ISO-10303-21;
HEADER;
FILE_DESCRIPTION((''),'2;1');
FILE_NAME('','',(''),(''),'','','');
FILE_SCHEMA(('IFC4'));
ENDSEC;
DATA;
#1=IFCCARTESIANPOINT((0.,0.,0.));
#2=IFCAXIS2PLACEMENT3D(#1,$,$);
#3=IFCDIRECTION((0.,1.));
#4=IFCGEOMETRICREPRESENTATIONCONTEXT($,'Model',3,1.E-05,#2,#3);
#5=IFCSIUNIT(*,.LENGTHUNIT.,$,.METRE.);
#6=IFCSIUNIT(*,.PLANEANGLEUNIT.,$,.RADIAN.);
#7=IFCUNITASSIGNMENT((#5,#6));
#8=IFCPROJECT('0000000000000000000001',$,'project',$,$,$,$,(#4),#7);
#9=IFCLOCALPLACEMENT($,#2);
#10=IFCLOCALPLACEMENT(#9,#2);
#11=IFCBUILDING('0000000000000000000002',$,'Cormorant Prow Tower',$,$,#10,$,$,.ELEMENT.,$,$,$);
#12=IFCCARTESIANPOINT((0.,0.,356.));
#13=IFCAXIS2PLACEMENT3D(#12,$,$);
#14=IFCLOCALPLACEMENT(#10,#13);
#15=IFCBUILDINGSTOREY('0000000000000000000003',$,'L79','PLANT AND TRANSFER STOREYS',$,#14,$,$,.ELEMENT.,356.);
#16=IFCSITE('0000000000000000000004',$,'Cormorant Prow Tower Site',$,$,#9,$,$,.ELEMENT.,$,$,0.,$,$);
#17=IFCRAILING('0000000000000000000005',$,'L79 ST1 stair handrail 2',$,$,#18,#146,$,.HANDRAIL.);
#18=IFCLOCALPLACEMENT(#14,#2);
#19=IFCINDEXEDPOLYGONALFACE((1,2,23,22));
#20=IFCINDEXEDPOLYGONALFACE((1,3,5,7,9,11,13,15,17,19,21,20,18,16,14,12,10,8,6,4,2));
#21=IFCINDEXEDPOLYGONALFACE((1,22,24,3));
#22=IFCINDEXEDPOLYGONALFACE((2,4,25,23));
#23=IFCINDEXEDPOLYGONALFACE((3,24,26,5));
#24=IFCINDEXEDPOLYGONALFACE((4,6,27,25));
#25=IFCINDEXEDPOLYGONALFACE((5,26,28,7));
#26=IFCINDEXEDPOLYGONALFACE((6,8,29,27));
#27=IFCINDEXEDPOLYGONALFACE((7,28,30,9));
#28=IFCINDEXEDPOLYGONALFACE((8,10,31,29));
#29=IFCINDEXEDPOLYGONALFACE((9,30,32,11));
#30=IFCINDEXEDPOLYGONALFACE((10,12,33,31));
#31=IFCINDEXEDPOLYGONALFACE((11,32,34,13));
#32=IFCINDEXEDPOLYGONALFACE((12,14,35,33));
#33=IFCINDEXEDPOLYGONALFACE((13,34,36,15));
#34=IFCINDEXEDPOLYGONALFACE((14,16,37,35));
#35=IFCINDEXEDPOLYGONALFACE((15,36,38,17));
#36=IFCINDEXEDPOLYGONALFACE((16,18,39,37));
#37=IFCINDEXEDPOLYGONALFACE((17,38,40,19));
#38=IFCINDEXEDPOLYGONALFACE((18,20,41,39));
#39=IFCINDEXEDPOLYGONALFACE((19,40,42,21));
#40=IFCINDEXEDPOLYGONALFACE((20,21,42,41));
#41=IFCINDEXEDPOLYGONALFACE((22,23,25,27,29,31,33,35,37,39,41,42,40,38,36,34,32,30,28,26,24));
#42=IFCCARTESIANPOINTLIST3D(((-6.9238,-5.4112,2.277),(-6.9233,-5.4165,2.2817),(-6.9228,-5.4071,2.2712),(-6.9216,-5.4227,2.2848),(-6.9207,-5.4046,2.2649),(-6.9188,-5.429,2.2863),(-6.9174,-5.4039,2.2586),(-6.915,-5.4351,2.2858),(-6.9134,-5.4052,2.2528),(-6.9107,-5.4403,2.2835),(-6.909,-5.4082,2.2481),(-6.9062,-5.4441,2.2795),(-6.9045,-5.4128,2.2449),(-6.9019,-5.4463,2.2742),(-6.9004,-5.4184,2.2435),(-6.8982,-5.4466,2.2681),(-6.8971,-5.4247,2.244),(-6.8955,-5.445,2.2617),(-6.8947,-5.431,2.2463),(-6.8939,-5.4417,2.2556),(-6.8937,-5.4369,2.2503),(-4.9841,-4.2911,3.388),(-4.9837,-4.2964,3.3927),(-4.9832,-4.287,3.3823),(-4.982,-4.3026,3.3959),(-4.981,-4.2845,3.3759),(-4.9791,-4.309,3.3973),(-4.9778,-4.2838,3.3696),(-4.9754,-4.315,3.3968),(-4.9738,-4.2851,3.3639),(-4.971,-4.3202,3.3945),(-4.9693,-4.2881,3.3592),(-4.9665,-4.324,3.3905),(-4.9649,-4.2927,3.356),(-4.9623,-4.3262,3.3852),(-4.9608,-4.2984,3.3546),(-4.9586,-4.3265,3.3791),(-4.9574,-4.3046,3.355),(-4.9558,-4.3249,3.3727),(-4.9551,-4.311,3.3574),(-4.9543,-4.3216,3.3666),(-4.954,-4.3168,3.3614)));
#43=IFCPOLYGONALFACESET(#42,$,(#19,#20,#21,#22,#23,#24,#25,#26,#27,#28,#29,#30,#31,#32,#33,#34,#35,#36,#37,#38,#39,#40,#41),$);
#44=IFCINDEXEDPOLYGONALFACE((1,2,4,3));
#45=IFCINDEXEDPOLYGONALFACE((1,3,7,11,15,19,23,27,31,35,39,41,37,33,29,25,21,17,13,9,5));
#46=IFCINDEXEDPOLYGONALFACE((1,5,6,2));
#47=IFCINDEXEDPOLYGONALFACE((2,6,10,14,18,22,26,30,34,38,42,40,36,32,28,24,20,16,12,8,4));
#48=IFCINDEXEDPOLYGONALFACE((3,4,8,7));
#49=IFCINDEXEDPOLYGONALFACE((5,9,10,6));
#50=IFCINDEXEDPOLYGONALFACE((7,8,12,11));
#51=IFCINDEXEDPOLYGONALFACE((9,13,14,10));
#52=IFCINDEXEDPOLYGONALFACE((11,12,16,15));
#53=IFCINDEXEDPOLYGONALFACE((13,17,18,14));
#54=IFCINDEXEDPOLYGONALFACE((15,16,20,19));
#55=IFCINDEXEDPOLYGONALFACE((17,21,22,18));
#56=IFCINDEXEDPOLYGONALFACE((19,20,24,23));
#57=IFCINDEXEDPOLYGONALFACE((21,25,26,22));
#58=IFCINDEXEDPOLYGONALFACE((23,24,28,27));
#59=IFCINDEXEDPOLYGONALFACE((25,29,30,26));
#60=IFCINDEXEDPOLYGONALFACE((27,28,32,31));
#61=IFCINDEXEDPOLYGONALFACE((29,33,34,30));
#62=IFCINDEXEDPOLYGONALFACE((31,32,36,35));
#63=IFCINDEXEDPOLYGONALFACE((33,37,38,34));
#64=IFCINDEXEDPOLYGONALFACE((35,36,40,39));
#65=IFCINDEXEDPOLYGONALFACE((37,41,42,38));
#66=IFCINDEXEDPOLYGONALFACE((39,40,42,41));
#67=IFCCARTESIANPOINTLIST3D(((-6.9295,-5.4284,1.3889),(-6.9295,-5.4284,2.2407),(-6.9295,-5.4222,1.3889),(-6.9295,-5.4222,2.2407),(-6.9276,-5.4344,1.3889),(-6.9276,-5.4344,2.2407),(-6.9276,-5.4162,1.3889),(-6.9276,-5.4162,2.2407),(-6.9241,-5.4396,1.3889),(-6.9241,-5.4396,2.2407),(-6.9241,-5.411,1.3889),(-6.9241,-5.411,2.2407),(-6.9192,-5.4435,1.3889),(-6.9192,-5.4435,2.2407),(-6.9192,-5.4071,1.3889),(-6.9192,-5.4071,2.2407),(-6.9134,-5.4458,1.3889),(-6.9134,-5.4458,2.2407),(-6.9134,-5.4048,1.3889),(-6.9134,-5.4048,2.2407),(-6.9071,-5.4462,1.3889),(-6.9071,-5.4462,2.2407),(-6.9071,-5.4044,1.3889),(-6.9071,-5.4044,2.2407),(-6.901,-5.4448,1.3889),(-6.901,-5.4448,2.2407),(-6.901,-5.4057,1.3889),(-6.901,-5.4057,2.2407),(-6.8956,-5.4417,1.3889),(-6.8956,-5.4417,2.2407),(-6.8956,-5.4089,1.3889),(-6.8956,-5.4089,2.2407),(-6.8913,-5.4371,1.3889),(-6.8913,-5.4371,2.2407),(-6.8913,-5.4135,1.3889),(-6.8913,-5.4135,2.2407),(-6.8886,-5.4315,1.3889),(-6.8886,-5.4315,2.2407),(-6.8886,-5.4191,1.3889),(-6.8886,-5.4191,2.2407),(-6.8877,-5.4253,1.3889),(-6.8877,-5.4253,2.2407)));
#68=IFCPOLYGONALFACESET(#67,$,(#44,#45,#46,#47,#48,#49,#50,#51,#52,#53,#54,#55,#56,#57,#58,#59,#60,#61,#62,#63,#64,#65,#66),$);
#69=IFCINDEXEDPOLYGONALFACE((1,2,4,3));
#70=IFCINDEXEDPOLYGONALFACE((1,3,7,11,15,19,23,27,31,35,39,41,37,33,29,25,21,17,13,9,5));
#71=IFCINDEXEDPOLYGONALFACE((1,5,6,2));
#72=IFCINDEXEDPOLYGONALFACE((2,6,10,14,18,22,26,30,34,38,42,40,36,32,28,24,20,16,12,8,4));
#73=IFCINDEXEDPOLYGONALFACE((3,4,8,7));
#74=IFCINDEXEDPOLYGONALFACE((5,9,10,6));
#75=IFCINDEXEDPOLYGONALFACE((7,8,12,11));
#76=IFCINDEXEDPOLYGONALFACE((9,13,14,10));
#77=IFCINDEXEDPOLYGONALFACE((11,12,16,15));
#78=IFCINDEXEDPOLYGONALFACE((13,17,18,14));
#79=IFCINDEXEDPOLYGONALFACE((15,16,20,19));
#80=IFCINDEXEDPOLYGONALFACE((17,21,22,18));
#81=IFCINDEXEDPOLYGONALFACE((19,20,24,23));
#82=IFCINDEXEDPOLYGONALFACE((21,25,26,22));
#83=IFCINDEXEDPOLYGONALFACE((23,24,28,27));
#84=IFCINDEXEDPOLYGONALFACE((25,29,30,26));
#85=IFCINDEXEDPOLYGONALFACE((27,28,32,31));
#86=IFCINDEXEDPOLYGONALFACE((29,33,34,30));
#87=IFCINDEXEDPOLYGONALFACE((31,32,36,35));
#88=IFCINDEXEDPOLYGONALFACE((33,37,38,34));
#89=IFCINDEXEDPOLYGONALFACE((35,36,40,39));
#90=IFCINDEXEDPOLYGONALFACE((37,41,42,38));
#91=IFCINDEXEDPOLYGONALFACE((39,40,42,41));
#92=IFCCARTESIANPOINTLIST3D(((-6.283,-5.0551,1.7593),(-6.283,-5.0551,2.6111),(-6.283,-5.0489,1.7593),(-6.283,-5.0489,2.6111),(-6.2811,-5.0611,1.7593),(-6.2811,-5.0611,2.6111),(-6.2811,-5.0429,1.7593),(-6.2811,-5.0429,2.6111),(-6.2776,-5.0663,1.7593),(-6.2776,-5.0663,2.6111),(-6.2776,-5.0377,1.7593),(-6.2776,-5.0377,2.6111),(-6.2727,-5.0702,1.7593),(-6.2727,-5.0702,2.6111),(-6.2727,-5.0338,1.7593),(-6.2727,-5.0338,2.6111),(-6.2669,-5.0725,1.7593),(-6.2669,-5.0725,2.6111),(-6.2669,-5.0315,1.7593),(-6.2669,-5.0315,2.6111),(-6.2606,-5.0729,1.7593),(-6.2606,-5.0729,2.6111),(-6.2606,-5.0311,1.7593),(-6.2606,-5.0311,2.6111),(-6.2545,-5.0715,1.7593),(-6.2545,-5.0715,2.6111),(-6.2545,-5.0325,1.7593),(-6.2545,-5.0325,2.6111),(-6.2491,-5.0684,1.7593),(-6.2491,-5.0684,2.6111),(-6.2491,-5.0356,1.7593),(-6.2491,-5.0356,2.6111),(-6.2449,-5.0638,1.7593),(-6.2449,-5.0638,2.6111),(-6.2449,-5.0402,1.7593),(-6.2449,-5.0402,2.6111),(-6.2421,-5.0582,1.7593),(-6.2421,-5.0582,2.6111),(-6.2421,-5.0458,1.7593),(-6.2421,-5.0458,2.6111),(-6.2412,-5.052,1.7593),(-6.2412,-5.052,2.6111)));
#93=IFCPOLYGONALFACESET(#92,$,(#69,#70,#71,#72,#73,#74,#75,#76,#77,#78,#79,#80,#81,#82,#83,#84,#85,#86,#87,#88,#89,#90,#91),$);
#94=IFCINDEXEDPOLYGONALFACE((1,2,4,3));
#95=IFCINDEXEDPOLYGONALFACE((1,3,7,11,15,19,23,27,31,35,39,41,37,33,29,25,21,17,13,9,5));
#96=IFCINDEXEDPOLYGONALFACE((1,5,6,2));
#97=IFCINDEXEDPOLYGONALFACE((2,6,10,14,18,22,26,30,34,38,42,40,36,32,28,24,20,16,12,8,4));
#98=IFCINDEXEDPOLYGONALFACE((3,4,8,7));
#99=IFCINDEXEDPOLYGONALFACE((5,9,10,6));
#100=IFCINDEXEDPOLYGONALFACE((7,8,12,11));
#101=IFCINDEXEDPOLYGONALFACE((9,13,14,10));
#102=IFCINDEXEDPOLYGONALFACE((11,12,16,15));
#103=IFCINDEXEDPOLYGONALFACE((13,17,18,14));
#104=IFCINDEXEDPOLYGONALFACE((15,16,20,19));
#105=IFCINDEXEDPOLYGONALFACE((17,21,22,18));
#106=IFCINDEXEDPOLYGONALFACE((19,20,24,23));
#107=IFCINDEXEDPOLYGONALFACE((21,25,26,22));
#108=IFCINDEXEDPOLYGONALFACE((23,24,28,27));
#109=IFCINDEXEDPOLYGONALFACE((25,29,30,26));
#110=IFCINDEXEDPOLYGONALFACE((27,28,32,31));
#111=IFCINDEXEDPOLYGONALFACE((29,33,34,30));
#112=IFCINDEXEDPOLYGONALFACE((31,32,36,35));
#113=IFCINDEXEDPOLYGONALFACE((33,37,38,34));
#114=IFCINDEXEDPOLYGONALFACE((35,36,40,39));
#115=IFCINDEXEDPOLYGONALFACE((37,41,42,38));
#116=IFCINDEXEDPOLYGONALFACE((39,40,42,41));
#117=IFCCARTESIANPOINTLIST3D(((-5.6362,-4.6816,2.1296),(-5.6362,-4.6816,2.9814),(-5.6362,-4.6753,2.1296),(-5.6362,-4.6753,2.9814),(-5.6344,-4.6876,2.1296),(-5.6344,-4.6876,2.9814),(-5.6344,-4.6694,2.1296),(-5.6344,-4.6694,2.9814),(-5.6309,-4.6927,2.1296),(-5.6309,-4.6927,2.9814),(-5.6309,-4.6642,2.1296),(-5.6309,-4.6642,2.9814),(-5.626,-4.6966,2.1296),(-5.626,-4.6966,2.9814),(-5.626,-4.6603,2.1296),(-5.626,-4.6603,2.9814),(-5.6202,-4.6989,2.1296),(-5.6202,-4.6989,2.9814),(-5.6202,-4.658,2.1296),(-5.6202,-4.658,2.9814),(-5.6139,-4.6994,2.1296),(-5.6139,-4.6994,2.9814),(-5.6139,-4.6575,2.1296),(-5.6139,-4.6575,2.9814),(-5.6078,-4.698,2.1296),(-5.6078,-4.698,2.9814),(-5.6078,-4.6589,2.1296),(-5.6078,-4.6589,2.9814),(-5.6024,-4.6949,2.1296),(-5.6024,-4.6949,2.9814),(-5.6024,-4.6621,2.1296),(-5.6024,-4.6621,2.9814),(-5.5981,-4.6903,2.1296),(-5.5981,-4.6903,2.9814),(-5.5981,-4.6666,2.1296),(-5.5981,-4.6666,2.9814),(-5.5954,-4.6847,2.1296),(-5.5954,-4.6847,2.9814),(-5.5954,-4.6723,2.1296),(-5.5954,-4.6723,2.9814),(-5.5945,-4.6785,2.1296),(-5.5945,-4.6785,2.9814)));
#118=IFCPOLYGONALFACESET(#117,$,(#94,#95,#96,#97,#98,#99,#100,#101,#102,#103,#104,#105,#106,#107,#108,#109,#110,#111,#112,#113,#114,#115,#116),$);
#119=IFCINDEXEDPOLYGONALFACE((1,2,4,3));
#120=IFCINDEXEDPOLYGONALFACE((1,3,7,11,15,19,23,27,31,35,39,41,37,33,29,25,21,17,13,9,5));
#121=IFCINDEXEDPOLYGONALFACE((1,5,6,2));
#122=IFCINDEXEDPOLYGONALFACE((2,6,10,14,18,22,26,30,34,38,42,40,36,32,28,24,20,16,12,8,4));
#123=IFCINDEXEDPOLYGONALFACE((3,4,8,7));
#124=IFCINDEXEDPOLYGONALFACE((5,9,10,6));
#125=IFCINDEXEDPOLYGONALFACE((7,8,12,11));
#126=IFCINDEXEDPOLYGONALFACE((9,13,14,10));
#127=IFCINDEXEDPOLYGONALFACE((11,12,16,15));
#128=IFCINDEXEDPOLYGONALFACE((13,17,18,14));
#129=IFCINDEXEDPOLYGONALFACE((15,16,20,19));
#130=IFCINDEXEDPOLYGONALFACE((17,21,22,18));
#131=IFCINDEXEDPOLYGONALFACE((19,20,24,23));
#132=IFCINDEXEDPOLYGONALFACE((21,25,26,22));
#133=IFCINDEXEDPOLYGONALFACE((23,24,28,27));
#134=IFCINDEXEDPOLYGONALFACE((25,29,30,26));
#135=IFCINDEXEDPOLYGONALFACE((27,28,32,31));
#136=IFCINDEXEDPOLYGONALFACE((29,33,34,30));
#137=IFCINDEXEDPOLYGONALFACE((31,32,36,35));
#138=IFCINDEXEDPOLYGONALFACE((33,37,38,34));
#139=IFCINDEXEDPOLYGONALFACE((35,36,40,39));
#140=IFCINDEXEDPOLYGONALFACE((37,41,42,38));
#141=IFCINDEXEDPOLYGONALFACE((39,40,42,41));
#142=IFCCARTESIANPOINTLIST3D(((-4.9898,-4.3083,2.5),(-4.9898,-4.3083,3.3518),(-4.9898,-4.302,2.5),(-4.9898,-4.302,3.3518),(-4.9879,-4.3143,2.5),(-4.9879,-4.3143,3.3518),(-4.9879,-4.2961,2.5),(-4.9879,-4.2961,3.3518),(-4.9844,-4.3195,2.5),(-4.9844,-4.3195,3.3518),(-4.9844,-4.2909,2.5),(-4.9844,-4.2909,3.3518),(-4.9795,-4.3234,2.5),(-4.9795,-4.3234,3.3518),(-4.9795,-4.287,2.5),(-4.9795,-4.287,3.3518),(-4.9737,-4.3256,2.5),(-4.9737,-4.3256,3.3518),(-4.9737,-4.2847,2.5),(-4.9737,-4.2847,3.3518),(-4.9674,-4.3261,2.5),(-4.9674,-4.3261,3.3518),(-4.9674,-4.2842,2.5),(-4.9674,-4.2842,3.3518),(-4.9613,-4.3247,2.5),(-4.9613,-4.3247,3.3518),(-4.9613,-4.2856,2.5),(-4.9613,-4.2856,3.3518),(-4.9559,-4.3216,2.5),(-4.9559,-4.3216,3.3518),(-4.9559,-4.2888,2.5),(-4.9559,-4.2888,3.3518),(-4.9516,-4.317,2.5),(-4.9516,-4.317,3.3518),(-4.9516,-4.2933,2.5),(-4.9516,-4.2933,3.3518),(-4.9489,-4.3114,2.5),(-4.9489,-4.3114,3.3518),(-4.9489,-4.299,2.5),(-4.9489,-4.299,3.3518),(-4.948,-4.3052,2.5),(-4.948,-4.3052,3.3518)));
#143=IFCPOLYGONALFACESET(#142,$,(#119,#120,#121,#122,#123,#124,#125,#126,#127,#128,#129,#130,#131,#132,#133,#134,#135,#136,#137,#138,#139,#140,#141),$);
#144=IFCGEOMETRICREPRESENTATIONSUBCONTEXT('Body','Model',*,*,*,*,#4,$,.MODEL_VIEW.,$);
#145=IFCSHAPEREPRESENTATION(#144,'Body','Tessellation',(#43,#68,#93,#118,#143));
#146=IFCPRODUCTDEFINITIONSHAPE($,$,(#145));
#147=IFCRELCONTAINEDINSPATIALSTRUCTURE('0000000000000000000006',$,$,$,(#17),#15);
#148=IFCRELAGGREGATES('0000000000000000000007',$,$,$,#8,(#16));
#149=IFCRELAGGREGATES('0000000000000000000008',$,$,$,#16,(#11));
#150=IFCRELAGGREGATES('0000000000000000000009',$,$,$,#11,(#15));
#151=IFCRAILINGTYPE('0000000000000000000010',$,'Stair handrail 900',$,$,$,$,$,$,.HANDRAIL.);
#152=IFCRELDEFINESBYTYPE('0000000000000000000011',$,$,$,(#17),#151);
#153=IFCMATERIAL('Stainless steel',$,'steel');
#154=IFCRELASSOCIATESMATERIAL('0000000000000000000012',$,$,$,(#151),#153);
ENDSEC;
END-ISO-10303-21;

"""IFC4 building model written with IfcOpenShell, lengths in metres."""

from ifc_helpers import new_model, si_unit, direction, frame, origin, origin_2d, place, context, subcontext, project, spatial, circle, extrude, material, type_object, element, save


model = new_model("IFC4")

# Units and contexts
model_context = context("Model", 3, precision=1e-05, world=origin(), true_north=direction((0.0, 1.0)))
body_context = subcontext(model_context, "Body", "Model", "MODEL_VIEW")
ifc_project = project(units=[si_unit("LENGTHUNIT", "METRE"), si_unit("PLANEANGLEUNIT", "RADIAN")], contexts=[model_context])

# Site, building, storey
site_placement = place(None, origin())
site = spatial("IfcSite", under=ifc_project, at=site_placement, Name="Cormorant Prow Tower Site", CompositionType="ELEMENT", RefElevation=0.0)
building_placement = place(site_placement, origin())
building = spatial("IfcBuilding", under=site, at=building_placement, Name="Cormorant Prow Tower", CompositionType="ELEMENT")
storey_placement = place(building_placement, frame((0.0, 0.0, 356.0)))
storey = spatial("IfcBuildingStorey", under=building, at=storey_placement, Name="L79", Description="PLANT AND TRANSFER STOREYS", CompositionType="ELEMENT", Elevation=356.0)

# Railing
ifc_material_1 = material(Name="Stainless steel", Category="steel")
railing_type_1 = type_object("IfcRailingType", Name="Stair handrail 900", PredefinedType="HANDRAIL", material=ifc_material_1)
for number, where, name in (
    (1, (-6.9087, -5.4253, 1.3889), "L79 ST1 stair handrail 2"),
):
    element("IfcRailing", number, at=place(storey_placement, frame(where)), inside=storey, type_object=railing_type_1, Name=name, PredefinedType="HANDRAIL", context=body_context, shape_type="SweptSolid", body=[
        extrude(circle(Radius=0.0239, at=origin_2d()), frame((0.0, 0.0, 0.876), z_axis=(0.77578, 0.44799, 0.444377), x_axis=(-0.500078, 0.86598, 0.0)), (0.0, 0.0, 1.0), 2.5002),
        extrude(circle(Radius=0.021, at=origin_2d()), origin(), (0.0, 0.0, 1.0), 0.8518),
        extrude(circle(Radius=0.021, at=origin_2d()), frame((0.6465, 0.3733, 0.3704)), (0.0, 0.0, 1.0), 0.8518),
        extrude(circle(Radius=0.021, at=origin_2d()), frame((1.2932, 0.7468, 0.7407)), (0.0, 0.0, 1.0), 0.8518),
        extrude(circle(Radius=0.021, at=origin_2d()), frame((1.9397, 1.1201, 1.1111)), (0.0, 0.0, 1.0), 0.8518),
    ])

save(model, "model.ifc")
